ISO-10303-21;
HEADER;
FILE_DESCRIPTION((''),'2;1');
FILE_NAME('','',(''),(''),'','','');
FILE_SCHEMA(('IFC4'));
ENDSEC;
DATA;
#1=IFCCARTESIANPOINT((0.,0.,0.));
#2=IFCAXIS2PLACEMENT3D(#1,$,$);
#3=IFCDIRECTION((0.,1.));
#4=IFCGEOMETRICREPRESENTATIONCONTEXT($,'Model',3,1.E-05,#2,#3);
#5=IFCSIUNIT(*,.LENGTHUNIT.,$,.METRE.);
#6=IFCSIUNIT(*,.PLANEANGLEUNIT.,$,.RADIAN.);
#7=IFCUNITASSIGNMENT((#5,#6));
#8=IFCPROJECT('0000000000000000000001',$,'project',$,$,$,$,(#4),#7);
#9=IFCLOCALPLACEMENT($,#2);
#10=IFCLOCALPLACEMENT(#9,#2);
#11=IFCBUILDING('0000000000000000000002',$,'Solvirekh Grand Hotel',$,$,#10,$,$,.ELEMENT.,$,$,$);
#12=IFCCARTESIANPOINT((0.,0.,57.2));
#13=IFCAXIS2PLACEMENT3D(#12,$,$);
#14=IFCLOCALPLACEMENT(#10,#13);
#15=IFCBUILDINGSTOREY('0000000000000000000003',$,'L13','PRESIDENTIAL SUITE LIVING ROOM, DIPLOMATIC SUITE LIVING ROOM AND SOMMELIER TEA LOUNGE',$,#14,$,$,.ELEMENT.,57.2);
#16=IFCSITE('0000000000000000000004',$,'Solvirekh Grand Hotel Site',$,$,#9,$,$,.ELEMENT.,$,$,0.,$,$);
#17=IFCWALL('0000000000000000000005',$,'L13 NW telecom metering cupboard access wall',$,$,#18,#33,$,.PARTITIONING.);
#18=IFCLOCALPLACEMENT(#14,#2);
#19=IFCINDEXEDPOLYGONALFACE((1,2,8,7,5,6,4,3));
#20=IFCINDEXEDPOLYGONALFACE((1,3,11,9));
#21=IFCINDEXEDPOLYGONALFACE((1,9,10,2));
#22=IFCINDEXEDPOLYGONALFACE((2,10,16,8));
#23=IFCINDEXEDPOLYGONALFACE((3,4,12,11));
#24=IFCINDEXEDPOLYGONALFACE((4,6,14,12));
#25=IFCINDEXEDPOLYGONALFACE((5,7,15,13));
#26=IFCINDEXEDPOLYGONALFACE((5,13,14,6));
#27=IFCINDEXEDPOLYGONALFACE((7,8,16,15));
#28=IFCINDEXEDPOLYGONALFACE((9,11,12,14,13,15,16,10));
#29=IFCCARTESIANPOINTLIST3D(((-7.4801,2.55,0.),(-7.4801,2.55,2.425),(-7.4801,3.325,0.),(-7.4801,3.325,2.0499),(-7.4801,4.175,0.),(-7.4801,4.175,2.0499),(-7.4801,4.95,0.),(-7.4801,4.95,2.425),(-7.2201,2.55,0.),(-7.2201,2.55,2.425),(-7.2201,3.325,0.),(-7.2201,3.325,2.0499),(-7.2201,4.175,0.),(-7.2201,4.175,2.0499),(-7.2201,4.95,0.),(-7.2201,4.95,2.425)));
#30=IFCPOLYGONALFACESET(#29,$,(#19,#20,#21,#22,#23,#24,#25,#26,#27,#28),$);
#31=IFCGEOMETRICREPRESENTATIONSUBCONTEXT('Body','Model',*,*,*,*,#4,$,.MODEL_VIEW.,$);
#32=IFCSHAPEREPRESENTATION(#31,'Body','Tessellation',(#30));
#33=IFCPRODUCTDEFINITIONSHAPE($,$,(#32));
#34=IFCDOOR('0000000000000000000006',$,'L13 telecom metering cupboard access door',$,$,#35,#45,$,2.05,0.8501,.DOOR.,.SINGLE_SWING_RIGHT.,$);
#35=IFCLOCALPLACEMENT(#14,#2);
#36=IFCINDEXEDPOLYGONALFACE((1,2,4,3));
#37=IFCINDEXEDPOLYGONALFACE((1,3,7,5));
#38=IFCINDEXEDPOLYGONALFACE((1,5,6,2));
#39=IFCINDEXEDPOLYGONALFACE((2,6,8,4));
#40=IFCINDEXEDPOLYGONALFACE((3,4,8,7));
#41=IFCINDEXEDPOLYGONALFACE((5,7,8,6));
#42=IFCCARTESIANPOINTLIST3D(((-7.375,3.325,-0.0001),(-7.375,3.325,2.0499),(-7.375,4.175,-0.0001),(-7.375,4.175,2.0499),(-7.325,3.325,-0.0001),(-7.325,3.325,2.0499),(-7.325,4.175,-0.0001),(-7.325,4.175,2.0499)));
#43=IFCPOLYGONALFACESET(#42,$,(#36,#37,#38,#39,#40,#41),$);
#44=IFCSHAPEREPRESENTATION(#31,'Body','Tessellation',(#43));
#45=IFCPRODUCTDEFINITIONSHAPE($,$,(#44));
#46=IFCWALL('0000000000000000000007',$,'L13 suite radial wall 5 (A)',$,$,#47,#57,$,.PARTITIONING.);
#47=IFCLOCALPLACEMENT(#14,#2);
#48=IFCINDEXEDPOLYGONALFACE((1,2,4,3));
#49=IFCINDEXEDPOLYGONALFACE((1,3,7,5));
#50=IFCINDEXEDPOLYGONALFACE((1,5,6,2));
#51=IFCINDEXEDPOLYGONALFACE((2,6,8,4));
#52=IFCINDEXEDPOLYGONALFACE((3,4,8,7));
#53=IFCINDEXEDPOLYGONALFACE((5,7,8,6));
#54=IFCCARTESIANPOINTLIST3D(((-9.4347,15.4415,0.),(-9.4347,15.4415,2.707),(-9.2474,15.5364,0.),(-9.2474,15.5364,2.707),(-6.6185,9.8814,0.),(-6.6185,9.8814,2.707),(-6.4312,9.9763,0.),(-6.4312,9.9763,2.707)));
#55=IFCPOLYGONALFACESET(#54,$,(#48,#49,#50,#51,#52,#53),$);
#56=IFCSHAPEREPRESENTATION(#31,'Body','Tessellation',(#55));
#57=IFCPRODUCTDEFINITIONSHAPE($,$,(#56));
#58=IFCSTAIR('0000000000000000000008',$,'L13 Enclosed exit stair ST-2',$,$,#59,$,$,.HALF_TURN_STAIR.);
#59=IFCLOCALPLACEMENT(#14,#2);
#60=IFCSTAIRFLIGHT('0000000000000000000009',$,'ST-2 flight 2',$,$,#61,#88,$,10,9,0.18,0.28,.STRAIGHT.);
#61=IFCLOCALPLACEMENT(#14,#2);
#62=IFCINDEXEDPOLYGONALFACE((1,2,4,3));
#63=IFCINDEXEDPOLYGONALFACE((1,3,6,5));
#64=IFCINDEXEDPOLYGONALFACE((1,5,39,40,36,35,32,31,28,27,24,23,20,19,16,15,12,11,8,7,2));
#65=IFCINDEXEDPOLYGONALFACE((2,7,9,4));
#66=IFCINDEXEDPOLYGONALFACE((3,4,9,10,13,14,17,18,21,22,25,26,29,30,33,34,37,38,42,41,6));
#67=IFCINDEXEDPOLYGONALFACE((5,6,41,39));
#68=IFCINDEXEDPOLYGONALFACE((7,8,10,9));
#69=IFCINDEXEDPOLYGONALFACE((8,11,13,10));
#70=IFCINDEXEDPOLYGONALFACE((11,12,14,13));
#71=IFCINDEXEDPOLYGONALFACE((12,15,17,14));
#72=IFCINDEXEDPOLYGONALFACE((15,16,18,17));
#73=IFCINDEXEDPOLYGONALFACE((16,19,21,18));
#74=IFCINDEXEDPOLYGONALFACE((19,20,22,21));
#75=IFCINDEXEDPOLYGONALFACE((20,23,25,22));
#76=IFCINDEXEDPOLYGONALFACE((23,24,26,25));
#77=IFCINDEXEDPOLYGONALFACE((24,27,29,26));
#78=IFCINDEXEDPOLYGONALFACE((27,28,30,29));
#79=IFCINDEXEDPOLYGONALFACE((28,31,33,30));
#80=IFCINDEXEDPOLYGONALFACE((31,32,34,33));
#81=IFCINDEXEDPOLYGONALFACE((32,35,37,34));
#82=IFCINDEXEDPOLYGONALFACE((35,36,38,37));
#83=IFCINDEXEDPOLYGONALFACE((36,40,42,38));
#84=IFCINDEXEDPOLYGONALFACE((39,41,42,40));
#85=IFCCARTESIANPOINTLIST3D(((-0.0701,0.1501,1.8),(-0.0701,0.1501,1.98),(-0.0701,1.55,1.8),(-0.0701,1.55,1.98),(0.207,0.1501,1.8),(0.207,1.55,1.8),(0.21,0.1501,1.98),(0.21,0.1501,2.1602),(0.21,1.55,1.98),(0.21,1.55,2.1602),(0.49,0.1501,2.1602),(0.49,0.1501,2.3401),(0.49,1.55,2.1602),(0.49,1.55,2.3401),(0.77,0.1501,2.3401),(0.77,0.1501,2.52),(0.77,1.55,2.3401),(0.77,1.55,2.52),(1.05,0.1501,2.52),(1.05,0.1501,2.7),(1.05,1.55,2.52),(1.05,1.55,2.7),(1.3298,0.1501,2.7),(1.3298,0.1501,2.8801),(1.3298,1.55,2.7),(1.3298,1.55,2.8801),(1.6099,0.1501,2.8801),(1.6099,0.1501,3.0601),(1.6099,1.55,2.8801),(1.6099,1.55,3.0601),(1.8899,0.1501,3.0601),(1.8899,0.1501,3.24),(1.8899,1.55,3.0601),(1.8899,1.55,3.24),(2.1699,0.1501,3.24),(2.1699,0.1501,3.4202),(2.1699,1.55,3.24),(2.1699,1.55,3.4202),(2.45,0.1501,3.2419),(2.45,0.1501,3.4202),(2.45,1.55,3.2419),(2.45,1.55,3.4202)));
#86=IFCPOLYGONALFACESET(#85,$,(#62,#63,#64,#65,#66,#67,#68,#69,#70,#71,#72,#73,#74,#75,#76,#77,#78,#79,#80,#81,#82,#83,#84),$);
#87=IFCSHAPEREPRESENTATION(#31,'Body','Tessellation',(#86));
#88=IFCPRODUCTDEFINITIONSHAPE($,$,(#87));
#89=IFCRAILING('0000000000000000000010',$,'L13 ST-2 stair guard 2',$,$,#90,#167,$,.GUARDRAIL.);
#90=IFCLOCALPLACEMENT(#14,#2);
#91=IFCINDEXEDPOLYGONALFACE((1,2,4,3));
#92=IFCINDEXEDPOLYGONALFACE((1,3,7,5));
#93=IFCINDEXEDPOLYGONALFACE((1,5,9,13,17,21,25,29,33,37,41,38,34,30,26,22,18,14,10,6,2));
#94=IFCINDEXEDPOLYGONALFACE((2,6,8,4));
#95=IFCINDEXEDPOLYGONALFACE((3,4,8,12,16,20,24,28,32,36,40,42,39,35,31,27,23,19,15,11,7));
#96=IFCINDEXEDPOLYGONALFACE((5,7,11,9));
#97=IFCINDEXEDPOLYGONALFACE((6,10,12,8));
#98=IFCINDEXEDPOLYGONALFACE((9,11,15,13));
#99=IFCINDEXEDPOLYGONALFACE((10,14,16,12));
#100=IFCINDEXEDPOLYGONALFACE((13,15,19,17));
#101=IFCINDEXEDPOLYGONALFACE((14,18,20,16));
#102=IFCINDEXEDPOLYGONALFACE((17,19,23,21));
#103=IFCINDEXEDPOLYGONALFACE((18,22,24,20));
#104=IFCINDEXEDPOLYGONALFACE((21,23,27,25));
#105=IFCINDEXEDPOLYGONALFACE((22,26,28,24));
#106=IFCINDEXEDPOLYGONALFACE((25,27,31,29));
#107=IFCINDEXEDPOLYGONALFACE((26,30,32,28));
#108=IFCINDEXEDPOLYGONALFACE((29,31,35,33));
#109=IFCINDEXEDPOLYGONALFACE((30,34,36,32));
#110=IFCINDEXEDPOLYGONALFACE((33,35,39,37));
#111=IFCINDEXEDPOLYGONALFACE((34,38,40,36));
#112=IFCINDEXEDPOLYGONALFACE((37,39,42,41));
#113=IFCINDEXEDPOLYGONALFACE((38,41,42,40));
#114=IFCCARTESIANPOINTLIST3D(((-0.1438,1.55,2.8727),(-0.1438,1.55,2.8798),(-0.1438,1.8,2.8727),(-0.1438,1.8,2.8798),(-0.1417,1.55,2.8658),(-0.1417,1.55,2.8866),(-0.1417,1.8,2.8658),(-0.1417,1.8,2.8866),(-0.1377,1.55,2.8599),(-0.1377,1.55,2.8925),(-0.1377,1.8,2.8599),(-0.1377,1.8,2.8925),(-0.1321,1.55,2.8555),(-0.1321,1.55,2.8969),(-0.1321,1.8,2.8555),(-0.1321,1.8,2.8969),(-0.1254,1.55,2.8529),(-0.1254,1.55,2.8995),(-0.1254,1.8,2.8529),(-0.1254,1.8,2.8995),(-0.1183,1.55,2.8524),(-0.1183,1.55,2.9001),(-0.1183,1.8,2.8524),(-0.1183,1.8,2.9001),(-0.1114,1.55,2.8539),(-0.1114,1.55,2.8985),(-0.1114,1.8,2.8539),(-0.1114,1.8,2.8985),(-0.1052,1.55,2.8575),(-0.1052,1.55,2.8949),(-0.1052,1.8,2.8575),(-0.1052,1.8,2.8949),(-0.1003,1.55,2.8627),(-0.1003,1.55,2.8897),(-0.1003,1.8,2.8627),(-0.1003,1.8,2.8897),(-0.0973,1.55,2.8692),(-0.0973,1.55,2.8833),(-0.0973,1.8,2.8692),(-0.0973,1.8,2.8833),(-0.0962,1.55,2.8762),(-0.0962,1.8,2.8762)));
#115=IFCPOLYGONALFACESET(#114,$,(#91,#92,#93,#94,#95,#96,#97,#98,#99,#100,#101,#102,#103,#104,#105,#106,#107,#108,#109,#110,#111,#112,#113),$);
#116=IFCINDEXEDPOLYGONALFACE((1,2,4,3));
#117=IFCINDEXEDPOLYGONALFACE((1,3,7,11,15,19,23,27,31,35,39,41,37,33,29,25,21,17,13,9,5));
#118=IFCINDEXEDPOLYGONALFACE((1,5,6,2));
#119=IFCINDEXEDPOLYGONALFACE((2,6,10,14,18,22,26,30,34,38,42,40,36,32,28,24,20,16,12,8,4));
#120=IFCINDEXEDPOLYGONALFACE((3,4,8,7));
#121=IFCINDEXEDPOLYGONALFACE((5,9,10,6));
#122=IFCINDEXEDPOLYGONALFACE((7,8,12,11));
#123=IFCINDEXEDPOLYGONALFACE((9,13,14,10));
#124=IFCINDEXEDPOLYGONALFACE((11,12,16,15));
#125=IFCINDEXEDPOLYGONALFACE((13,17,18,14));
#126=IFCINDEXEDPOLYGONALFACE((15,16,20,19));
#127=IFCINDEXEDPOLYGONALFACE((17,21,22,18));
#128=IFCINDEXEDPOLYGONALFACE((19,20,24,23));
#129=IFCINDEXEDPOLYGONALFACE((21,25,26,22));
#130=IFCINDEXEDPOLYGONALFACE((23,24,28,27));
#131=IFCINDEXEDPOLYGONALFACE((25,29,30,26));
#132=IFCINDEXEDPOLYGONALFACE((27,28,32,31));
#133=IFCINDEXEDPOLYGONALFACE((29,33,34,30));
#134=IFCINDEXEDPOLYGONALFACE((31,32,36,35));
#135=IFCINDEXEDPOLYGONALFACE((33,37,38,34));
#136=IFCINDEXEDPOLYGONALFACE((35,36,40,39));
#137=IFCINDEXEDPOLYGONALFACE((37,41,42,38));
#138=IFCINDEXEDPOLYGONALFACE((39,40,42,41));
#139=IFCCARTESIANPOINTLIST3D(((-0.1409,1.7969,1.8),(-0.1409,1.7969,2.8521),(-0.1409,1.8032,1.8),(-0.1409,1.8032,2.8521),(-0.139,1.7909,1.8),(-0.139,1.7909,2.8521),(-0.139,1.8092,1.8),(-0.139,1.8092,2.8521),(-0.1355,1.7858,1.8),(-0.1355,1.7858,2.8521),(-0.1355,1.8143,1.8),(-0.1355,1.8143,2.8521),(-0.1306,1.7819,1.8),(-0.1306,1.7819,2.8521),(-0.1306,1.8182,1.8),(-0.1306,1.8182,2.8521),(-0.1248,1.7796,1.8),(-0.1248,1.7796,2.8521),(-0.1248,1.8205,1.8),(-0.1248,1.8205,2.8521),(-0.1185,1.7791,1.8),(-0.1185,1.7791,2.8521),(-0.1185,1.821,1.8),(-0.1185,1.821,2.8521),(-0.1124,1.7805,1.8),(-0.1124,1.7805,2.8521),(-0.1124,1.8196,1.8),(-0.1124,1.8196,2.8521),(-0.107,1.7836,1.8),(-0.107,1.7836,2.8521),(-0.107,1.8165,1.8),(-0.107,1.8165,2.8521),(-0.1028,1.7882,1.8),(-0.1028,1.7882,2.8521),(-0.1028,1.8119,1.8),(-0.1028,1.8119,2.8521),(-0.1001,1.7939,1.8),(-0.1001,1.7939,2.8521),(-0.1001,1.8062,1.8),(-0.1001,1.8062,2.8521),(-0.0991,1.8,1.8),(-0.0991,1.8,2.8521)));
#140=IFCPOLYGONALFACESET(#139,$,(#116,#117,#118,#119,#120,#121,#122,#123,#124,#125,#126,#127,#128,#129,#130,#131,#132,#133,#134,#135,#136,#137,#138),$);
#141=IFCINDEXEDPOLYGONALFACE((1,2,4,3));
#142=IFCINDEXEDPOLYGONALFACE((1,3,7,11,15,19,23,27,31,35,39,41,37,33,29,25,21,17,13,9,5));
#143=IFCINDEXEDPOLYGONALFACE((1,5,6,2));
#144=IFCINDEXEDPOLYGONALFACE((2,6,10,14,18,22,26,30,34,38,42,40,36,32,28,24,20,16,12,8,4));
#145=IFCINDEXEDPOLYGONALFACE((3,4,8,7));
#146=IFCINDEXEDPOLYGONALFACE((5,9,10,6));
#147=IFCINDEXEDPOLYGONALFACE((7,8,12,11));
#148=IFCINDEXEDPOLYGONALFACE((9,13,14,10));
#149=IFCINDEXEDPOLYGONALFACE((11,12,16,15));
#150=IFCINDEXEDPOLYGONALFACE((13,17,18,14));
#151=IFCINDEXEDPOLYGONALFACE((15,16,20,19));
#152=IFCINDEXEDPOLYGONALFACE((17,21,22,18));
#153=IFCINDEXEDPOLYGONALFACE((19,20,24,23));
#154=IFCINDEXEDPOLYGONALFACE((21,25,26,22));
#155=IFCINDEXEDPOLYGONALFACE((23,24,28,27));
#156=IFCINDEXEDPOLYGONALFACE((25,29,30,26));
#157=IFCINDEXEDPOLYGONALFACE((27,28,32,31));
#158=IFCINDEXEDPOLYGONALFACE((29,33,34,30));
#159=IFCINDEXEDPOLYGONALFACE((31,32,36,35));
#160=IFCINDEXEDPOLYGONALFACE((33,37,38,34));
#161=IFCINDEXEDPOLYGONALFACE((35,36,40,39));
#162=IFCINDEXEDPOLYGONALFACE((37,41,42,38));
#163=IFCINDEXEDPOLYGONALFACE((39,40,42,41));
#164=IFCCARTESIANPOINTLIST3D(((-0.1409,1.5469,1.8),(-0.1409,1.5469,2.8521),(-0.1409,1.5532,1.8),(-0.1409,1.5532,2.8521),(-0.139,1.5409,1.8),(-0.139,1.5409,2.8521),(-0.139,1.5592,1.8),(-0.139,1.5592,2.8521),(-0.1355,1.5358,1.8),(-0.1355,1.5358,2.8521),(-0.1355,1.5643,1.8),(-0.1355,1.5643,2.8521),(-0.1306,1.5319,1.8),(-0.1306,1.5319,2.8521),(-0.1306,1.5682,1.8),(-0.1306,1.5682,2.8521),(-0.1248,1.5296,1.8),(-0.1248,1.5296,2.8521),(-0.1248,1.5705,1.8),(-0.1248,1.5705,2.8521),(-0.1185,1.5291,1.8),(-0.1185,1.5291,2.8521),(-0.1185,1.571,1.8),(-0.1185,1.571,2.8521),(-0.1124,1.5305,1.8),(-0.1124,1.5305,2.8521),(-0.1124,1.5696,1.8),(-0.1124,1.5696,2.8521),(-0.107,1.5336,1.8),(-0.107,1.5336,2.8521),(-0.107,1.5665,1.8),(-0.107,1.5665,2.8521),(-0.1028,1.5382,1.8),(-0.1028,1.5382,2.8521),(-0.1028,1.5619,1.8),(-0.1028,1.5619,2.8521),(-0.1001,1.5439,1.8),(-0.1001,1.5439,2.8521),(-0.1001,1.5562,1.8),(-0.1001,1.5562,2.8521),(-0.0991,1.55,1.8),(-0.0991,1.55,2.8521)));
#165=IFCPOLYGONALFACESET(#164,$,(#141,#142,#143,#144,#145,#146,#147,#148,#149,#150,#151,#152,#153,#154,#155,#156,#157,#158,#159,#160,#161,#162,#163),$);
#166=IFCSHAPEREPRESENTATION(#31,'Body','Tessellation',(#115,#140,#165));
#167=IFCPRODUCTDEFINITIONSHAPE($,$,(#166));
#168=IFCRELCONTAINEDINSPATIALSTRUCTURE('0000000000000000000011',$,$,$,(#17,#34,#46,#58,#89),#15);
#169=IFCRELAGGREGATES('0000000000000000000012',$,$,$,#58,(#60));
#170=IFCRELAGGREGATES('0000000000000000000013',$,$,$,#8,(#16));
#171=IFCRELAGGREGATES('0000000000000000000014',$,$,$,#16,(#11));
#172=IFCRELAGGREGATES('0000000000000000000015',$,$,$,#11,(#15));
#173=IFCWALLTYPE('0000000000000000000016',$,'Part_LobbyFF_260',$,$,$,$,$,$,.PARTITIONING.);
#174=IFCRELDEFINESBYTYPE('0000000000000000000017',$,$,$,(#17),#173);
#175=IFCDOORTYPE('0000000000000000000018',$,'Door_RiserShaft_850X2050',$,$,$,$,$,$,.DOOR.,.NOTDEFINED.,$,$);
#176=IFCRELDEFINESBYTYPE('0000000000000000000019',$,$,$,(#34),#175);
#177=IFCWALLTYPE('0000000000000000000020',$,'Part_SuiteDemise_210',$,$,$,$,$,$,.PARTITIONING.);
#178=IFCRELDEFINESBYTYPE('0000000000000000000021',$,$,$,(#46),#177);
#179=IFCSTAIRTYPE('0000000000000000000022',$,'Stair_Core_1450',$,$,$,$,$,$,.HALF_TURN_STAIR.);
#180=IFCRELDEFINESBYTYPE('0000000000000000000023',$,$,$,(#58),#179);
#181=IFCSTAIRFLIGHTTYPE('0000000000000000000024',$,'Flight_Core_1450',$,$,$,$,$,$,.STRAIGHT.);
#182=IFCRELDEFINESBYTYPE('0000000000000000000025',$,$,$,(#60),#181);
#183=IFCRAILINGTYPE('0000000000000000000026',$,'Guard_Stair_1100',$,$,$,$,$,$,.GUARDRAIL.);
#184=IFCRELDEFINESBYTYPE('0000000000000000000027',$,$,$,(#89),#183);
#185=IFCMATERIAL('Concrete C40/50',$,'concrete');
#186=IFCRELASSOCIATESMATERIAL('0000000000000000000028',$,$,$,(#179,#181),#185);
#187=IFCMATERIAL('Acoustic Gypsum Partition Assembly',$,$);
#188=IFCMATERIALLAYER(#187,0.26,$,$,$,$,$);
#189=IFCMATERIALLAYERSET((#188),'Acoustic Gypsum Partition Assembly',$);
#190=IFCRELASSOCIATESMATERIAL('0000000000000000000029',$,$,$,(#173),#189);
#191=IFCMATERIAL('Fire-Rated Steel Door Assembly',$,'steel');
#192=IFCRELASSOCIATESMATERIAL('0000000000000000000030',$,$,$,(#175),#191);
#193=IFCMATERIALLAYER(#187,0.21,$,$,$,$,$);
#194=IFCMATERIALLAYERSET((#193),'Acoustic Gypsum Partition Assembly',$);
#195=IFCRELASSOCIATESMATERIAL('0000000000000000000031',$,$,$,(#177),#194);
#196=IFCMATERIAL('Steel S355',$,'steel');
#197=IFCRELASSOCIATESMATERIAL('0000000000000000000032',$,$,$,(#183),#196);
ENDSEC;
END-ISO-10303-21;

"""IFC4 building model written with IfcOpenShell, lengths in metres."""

from ifc_helpers import new_model, si_unit, direction, frame, frame_2d, origin, origin_2d, place, context, subcontext, project, spatial, polyline, rectangle, circle, outline, extrude, material, layer, layer_set, type_object, element, fill, aggregate, save


model = new_model("IFC4")

# Units and contexts
model_context = context("Model", 3, precision=1e-05, world=origin(), true_north=direction((0.0, 1.0)))
body_context = subcontext(model_context, "Body", "Model", "MODEL_VIEW")
ifc_project = project(units=[si_unit("LENGTHUNIT", "METRE"), si_unit("PLANEANGLEUNIT", "RADIAN")], contexts=[model_context])

# Site, building, storey
site_placement = place(None, origin())
site = spatial("IfcSite", under=ifc_project, at=site_placement, Name="Solvirekh Grand Hotel Site", CompositionType="ELEMENT", RefElevation=0.0)
building_placement = place(site_placement, origin())
building = spatial("IfcBuilding", under=site, at=building_placement, Name="Solvirekh Grand Hotel", CompositionType="ELEMENT")
storey_placement = place(building_placement, frame((0.0, 0.0, 57.2)))
storey = spatial("IfcBuildingStorey", under=building, at=storey_placement, Name="L13", Description="PRESIDENTIAL SUITE LIVING ROOM, DIPLOMATIC SUITE LIVING ROOM AND SOMMELIER TEA LOUNGE", CompositionType="ELEMENT", Elevation=57.2)

# Shared definitions
ifc_material_1 = material(Name="Steel S355", Category="steel")

# Shared definitions
ifc_material_2 = material(Name="Concrete C40/50", Category="concrete")
stair_type = type_object("IfcStairType", Name="Stair_Core_1450", PredefinedType="HALF_TURN_STAIR", material=ifc_material_2)

# Shared definitions
ifc_material_3 = material(Name="Fire-Rated Steel Door Assembly", Category="steel")

# Shared definitions
ifc_material_4 = material(Name="Acoustic Gypsum Partition Assembly")

# Shared definitions
ifc_layer_1 = layer(ifc_material_4, 0.26)
ifc_layer_set_1 = layer_set([ifc_layer_1], Name="Acoustic Gypsum Partition Assembly")
wall_type_1 = type_object("IfcWallType", Name="Part_LobbyFF_260", PredefinedType="PARTITIONING", material=ifc_layer_set_1)

# Wall, opening, door
wall_1_placement = place(storey_placement, frame((-7.3501, 2.55, 0.0), z_axis=(0.0, 0.0, 1.0), x_axis=(0.0, 1.0, 0.0)))
wall_1 = element("IfcWall", 1, at=wall_1_placement, inside=storey, type_object=wall_type_1, Name="L13 NW telecom metering cupboard access wall", PredefinedType="PARTITIONING", context=body_context, shape_type="SweptSolid", body=[
    extrude(rectangle(XDim=2.3999, YDim=0.26, at=frame_2d((1.2, 0.0))), origin(), (0.0, 0.0, 1.0), 2.425),
])
opening_1_placement = place(wall_1_placement, frame((0.7749, 0.0, 0.0)))
opening_1 = element("IfcOpeningElement", 2, at=opening_1_placement, cuts=wall_1, PredefinedType="OPENING", context=body_context, shape_type="SweptSolid", body=[
    extrude(rectangle(XDim=0.8501, YDim=2.05, at=frame_2d((0.425, 1.0249))), frame((0.0, 0.1401, 0.0), z_axis=(0.0, -1.0, 0.0), x_axis=(1.0, 0.0, 0.0)), (0.0, 0.0, 1.0), 0.28),
])
door_type_1 = type_object("IfcDoorType", Name="Door_RiserShaft_850X2050", OperationType="NOTDEFINED", PredefinedType="DOOR", material=ifc_material_3)
door_1_placement = place(opening_1_placement, origin())
door_1 = element("IfcDoor", 3, at=door_1_placement, inside=storey, type_object=door_type_1, Name="L13 telecom metering cupboard access door", OperationType="SINGLE_SWING_RIGHT", OverallHeight=2.05, OverallWidth=0.8501, PredefinedType="DOOR", context=body_context, shape_type="SweptSolid", body=[
    extrude(rectangle(XDim=0.8501, YDim=2.05, at=frame_2d((0.425, 1.0249))), frame((0.0, 0.0249, 0.0), z_axis=(0.0, -1.0, 0.0), x_axis=(1.0, 0.0, 0.0)), (0.0, 0.0, 1.0), 0.05),
])
fill(opening_1, door_1)

# Wall
ifc_layer_2 = layer(ifc_material_4, 0.21)
ifc_layer_set_2 = layer_set([ifc_layer_2], Name="Acoustic Gypsum Partition Assembly")
wall_type_2 = type_object("IfcWallType", Name="Part_SuiteDemise_210", PredefinedType="PARTITIONING", material=ifc_layer_set_2)
wall_2_placement = place(storey_placement, frame((-6.5249, 9.929, 0.0), z_axis=(0.0, 0.0, 1.0), x_axis=(-0.451846, 0.892096, 0.0)))
element("IfcWall", 4, at=wall_2_placement, inside=storey, type_object=wall_type_2, Name="L13 suite radial wall 5 (A)", PredefinedType="PARTITIONING", context=body_context, shape_type="SweptSolid", body=[
    extrude(rectangle(XDim=6.2327, YDim=0.21, at=frame_2d((3.1162, 0.0))), origin(), (0.0, 0.0, 1.0), 2.707),
])

# Stair, stair flight
stair_1_placement = place(storey_placement, origin())
stair_1 = element("IfcStair", 5, at=stair_1_placement, inside=storey, type_object=stair_type, Name="L13 Enclosed exit stair ST-2", PredefinedType="HALF_TURN_STAIR")
stair_flight_type = type_object("IfcStairFlightType", Name="Flight_Core_1450", PredefinedType="STRAIGHT", material=ifc_material_2)
stair_flight_placement = place(storey_placement, frame((-0.0701, 0.8501, 1.8), z_axis=(0.0, 0.0, 1.0), x_axis=(1.0, 0.0, 0.0)))
stair_flight = element("IfcStairFlight", 6, at=stair_flight_placement, type_object=stair_flight_type, Name="ST-2 flight 2", NumberOfRisers=10, NumberOfTreads=9, PredefinedType="STRAIGHT", RiserHeight=0.18, TreadLength=0.28, context=body_context, shape_type="SweptSolid", body=[
    extrude(outline(polyline([(0.0, 0.0), (0.0, 0.1799), (0.28, 0.1799), (0.28, 0.3601), (0.5601, 0.3601), (0.5601, 0.54), (0.8401, 0.54), (0.8401, 0.72), (1.1201, 0.72), (1.1201, 0.8999), (1.3999, 0.8999), (1.3999, 1.0801), (1.6799, 1.0801), (1.6799, 1.26), (1.96, 1.26), (1.96, 1.4399), (2.24, 1.4399), (2.24, 1.6201), (2.52, 1.6201), (2.52, 1.8), (2.52, 1.4419), (0.2771, 0.0), (0.0, 0.0)])), frame((0.0, 0.7, 0.0), z_axis=(0.0, -1.0, 0.0), x_axis=(1.0, 0.0, 0.0)), (0.0, 0.0, 1.0), 1.3999),
])
aggregate(stair_1, [stair_flight])

# Railing
railing_type_1 = type_object("IfcRailingType", Name="Guard_Stair_1100", PredefinedType="GUARDRAIL", material=ifc_material_1)
railing_1_placement = place(storey_placement, frame((-0.1201, 1.8, 1.8)))
element("IfcRailing", 7, at=railing_1_placement, inside=storey, type_object=railing_type_1, Name="L13 ST-2 stair guard 2", PredefinedType="GUARDRAIL", context=body_context, shape_type="SweptSolid", body=[
    extrude(circle(Radius=0.0239, at=origin_2d()), frame((0.0, 0.0, 1.0762), z_axis=(0.0, -1.0, 0.0), x_axis=(1.0, 0.0, 0.0)), (0.0, 0.0, 1.0), 0.25),
    extrude(circle(Radius=0.021, at=origin_2d()), origin(), (0.0, 0.0, 1.0), 1.052),
    extrude(circle(Radius=0.021, at=origin_2d()), frame((0.0, -0.25, 0.0)), (0.0, 0.0, 1.0), 1.052),
])

save(model, "model.ifc")
